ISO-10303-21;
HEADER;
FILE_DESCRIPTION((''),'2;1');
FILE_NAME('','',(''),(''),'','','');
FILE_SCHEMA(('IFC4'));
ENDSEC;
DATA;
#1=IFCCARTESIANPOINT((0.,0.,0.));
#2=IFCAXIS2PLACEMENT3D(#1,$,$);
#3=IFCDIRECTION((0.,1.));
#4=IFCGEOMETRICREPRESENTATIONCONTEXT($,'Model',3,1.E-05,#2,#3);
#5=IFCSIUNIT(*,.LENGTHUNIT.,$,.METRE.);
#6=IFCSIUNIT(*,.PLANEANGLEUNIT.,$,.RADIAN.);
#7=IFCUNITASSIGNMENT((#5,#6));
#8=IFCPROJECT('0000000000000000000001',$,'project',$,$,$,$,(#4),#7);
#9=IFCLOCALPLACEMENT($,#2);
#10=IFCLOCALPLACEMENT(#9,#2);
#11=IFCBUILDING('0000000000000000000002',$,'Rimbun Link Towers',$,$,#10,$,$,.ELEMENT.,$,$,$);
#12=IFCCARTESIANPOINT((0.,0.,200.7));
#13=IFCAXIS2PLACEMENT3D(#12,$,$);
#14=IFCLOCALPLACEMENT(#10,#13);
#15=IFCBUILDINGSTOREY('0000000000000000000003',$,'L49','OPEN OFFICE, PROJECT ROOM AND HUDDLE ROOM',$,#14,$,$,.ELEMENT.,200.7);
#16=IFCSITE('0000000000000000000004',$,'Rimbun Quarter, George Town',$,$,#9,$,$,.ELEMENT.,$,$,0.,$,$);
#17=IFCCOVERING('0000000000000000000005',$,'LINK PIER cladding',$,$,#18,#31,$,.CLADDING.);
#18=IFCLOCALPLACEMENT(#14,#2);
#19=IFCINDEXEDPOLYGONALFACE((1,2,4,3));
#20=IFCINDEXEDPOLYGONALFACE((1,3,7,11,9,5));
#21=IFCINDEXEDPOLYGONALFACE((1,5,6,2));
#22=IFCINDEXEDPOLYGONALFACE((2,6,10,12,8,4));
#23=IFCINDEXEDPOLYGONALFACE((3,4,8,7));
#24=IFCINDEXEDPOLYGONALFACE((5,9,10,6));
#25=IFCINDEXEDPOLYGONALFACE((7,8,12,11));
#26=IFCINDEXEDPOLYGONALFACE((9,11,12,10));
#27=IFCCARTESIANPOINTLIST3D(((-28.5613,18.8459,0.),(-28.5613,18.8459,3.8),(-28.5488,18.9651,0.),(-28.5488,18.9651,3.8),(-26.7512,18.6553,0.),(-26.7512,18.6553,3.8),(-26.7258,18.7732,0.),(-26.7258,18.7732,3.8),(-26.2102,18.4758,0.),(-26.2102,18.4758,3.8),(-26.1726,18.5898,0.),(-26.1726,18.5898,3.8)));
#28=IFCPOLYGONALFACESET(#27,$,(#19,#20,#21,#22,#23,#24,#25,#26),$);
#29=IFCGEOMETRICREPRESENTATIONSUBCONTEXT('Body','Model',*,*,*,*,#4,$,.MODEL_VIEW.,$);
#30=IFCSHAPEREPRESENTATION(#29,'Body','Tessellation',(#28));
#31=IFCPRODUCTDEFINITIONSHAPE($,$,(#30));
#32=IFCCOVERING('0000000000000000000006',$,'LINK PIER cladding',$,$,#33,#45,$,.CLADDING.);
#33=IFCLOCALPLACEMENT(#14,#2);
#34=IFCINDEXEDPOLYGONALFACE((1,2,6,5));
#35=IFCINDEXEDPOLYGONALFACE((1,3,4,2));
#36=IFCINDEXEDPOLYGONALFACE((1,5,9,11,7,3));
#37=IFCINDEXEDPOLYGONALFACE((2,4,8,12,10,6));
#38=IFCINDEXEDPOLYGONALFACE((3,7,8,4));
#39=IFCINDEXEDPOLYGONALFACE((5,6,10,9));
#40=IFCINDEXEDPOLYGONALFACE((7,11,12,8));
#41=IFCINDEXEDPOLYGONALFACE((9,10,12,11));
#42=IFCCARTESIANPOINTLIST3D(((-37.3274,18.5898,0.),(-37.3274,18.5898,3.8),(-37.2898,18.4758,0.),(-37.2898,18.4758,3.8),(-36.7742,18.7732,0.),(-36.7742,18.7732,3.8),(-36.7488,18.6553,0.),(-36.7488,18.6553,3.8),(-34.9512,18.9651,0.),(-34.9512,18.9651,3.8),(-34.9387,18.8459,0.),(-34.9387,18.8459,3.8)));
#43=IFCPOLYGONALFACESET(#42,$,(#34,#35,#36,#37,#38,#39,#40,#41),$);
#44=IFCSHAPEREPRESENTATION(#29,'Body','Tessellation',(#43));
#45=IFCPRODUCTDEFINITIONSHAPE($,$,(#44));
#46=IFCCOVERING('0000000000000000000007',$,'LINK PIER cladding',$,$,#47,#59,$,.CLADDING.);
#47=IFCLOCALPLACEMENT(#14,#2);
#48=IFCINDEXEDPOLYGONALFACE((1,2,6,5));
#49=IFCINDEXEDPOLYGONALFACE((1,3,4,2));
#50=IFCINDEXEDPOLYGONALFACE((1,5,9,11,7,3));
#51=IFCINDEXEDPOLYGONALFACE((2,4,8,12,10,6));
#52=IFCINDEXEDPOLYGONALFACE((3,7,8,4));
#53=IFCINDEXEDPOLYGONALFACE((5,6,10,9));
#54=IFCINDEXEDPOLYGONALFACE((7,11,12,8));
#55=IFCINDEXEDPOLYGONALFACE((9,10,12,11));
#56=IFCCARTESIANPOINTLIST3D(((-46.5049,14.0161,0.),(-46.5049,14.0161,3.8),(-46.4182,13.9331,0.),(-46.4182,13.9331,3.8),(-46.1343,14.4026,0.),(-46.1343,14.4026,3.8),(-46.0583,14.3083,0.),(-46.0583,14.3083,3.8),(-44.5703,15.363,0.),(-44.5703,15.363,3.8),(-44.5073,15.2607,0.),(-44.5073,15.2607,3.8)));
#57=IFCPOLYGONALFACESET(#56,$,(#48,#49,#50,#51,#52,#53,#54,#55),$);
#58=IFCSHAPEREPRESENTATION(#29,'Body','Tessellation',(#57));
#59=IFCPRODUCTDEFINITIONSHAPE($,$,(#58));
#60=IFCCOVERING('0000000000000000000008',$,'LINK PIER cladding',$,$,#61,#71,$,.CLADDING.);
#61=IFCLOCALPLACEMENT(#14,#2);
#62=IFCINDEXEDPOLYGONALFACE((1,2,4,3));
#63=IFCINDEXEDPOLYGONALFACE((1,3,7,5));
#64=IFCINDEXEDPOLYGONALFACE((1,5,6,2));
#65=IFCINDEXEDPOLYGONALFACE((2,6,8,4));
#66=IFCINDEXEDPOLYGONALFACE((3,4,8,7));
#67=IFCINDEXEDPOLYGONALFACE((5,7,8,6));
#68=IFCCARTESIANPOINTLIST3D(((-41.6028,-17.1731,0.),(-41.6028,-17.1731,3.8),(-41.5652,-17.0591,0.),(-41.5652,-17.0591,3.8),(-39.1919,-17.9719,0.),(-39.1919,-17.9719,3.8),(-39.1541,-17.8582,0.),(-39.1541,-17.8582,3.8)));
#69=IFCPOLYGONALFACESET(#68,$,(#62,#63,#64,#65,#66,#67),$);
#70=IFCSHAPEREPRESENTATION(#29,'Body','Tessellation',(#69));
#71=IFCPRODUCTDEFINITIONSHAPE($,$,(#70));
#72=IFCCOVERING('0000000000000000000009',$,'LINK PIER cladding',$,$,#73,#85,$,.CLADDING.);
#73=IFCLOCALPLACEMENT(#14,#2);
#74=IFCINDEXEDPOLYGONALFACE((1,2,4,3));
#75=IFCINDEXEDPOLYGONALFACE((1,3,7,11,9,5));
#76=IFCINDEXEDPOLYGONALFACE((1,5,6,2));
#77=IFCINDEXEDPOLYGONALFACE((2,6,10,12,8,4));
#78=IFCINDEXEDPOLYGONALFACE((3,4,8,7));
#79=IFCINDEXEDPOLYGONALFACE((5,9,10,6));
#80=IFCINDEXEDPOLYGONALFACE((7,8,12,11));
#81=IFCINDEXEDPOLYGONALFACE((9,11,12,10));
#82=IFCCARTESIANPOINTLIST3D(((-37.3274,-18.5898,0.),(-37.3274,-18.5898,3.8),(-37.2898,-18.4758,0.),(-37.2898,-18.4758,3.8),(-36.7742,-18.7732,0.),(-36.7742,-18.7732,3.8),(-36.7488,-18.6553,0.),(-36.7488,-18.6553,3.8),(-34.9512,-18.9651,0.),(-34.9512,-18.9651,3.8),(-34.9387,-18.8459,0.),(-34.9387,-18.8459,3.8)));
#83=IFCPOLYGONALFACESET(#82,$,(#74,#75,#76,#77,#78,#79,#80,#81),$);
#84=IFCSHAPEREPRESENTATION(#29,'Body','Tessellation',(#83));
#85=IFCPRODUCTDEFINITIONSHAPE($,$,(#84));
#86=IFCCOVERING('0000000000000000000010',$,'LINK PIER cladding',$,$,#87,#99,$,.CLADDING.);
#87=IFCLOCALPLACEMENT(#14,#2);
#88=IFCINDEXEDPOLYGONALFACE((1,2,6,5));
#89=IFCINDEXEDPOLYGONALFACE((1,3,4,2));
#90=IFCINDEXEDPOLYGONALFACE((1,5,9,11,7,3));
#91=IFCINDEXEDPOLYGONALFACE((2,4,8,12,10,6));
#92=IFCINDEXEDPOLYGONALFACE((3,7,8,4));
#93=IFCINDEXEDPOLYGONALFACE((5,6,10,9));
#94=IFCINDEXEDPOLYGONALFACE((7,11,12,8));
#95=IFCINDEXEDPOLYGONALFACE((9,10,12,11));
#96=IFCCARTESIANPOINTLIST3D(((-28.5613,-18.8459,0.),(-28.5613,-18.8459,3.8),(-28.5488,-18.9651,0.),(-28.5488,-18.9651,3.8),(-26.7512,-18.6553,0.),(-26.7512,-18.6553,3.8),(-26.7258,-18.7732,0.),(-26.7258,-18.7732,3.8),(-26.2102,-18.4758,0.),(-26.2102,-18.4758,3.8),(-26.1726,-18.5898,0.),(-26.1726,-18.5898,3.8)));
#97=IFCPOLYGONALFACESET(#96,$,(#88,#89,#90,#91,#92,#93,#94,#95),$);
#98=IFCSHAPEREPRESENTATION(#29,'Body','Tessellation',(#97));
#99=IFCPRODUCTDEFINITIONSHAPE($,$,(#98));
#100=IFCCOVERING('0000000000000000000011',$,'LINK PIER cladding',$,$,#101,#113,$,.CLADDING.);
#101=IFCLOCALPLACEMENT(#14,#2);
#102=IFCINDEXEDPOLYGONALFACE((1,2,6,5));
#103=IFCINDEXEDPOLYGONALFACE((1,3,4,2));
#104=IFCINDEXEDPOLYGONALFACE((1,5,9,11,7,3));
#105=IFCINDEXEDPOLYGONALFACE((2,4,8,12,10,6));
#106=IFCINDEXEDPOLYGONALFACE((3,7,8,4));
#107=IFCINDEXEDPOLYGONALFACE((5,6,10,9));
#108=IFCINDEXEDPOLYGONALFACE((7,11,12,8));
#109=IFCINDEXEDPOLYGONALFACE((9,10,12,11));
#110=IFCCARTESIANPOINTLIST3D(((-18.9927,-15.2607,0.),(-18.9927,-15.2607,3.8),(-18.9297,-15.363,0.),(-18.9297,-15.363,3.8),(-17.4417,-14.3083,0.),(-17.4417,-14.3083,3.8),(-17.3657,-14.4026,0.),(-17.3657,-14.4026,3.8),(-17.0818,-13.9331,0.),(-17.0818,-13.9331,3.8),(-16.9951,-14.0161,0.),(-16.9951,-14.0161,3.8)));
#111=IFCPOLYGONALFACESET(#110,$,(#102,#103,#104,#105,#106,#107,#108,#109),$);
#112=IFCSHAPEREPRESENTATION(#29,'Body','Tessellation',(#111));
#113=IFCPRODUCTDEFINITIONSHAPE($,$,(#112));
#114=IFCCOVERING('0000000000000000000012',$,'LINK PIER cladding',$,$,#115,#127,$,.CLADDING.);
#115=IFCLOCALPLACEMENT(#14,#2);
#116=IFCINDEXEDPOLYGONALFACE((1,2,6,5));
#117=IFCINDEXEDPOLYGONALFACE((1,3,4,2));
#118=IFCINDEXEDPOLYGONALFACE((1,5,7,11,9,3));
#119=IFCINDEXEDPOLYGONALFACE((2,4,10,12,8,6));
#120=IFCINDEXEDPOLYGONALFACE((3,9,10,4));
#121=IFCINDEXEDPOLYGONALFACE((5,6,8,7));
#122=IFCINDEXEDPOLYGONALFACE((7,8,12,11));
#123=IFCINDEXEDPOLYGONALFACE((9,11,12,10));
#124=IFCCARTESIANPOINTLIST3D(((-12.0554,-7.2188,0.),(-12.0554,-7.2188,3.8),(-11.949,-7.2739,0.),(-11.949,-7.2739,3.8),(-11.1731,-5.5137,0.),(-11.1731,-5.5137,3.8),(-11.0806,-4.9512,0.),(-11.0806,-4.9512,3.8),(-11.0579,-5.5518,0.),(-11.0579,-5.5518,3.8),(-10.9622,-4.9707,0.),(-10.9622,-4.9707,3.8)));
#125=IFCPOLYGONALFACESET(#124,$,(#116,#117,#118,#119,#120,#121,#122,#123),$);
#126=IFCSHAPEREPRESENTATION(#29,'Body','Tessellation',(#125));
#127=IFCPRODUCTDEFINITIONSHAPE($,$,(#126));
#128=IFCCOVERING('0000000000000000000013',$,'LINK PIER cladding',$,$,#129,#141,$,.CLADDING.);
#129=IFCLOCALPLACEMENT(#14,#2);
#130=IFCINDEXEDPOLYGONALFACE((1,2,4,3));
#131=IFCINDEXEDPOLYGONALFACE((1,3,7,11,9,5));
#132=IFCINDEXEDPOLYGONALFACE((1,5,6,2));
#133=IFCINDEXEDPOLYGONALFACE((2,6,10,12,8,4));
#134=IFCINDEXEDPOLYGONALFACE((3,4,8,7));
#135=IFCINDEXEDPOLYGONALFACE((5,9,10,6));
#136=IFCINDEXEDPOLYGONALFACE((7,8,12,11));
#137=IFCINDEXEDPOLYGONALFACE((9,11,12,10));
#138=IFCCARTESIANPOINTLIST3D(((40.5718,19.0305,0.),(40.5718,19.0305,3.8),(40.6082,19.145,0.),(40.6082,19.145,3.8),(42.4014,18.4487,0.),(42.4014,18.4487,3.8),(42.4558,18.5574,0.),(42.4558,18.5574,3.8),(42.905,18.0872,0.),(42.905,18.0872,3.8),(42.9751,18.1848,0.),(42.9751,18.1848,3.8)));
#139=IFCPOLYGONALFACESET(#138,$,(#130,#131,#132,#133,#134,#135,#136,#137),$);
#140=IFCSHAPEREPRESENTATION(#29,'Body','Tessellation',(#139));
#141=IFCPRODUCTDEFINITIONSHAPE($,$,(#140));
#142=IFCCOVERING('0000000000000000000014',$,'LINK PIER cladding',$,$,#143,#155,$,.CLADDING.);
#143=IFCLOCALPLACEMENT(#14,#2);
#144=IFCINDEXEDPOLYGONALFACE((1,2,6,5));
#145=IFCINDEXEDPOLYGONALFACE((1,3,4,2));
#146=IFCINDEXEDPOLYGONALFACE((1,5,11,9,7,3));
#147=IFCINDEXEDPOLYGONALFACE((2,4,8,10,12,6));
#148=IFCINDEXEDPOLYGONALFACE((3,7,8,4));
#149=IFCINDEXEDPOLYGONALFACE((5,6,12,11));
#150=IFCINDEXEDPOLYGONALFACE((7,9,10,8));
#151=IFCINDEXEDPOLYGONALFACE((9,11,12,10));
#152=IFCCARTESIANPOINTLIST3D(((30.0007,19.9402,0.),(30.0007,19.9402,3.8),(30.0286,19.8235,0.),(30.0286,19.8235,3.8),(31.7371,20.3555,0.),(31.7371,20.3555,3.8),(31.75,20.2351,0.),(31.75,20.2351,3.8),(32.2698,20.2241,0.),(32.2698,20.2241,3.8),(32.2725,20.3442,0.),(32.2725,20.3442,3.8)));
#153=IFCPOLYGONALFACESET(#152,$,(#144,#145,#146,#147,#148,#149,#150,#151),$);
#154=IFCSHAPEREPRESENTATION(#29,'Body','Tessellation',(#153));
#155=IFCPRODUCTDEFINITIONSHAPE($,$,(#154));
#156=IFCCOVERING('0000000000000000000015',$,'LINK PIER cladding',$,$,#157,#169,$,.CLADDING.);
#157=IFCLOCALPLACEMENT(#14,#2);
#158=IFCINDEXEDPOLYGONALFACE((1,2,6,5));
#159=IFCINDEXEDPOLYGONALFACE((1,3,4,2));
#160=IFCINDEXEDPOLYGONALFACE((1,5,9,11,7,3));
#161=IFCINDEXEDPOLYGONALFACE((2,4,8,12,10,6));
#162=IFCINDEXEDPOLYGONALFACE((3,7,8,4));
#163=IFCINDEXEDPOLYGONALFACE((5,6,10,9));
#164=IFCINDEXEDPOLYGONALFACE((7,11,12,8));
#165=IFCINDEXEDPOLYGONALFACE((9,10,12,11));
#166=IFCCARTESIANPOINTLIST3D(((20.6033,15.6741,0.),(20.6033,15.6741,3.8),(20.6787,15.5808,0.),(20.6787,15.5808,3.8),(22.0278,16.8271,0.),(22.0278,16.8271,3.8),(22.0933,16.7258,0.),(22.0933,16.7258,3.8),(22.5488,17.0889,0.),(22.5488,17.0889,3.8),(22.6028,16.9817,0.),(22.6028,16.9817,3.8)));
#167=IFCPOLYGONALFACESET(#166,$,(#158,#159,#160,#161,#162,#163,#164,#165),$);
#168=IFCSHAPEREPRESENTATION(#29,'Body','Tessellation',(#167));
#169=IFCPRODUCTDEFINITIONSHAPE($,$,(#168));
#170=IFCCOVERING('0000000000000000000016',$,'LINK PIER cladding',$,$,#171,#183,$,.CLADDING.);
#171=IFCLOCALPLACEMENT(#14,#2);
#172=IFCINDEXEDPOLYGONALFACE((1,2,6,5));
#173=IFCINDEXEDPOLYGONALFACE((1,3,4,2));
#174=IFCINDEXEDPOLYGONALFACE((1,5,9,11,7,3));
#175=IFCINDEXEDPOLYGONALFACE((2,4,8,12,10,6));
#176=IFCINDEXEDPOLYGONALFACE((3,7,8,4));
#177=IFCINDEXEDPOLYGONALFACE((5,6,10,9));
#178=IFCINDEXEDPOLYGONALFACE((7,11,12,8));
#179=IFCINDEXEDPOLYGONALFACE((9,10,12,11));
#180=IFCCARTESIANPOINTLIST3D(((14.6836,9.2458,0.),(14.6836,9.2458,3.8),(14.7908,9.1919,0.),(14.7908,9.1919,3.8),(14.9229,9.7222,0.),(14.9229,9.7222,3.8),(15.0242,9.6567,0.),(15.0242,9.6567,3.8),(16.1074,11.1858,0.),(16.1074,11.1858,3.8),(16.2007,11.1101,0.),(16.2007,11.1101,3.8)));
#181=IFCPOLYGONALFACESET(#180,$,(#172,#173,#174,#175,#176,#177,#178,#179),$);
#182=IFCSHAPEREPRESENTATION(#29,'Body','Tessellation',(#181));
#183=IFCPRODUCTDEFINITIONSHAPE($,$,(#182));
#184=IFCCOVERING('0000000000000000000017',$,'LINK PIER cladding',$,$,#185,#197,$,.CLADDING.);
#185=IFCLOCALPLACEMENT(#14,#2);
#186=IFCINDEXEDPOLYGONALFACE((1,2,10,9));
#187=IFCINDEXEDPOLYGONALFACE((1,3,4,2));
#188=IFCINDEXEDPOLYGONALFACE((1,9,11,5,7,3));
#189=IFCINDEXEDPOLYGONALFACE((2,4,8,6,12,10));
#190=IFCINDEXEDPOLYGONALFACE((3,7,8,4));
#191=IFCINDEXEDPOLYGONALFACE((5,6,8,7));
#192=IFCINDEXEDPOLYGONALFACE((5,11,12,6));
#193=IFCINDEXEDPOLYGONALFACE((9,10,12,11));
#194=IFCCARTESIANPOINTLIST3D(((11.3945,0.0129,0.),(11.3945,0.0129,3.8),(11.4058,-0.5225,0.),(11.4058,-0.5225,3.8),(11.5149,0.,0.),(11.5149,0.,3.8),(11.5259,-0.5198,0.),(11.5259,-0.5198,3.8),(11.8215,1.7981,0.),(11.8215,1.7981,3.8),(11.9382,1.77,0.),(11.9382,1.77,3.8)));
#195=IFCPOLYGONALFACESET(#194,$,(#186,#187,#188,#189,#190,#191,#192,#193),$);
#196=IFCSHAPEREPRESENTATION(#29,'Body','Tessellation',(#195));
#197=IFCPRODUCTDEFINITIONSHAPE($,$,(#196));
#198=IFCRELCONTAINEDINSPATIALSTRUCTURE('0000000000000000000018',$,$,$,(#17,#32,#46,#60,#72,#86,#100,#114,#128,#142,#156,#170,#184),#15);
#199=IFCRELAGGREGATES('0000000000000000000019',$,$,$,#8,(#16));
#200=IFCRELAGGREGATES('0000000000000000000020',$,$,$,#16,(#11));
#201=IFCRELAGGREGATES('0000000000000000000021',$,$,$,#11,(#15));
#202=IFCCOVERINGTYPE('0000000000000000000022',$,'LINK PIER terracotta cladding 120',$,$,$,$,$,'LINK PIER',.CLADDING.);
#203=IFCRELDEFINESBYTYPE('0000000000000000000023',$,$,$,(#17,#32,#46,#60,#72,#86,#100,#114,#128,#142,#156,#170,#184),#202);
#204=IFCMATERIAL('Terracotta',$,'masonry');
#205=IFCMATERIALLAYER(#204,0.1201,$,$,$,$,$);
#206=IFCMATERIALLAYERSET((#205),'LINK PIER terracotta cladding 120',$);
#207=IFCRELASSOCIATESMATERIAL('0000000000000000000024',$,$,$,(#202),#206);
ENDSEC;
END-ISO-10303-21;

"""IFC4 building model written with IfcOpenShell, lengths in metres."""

from ifc_helpers import new_model, si_unit, direction, frame, origin, place, context, subcontext, project, spatial, polyline, outline, extrude, material, layer, layer_set, type_object, element, save


model = new_model("IFC4")

# Units and contexts
model_context = context("Model", 3, precision=1e-05, world=origin(), true_north=direction((0.0, 1.0)))
body_context = subcontext(model_context, "Body", "Model", "MODEL_VIEW")
ifc_project = project(units=[si_unit("LENGTHUNIT", "METRE"), si_unit("PLANEANGLEUNIT", "RADIAN")], contexts=[model_context])

# Site, building, storey
site_placement = place(None, origin())
site = spatial("IfcSite", under=ifc_project, at=site_placement, Name="Rimbun Quarter, George Town", CompositionType="ELEMENT", RefElevation=0.0)
building_placement = place(site_placement, origin())
building = spatial("IfcBuilding", under=site, at=building_placement, Name="Rimbun Link Towers", CompositionType="ELEMENT")
storey_placement = place(building_placement, frame((0.0, 0.0, 200.7)))
storey = spatial("IfcBuildingStorey", under=building, at=storey_placement, Name="L49", Description="OPEN OFFICE, PROJECT ROOM AND HUDDLE ROOM", CompositionType="ELEMENT", Elevation=200.7)

# Coverings
ifc_material_1 = material(Name="Terracotta", Category="masonry")
ifc_layer_1 = layer(ifc_material_1, 0.1201)
ifc_layer_set_1 = layer_set([ifc_layer_1], Name="LINK PIER terracotta cladding 120")
covering_type_1 = type_object("IfcCoveringType", Name="LINK PIER terracotta cladding 120", ElementType="LINK PIER", PredefinedType="CLADDING", material=ifc_layer_set_1)
covering_1_placement = place(storey_placement, origin())
element("IfcCovering", 1, at=covering_1_placement, inside=storey, type_object=covering_type_1, Name="LINK PIER cladding", PredefinedType="CLADDING", context=body_context, shape_type="SweptSolid", body=[
    extrude(outline(polyline([(-28.5613, 18.8459), (-26.7512, 18.6553), (-26.2102, 18.4758), (-26.1726, 18.5898), (-26.7258, 18.7732), (-28.5488, 18.9651), (-28.5613, 18.8459)])), origin(), (0.0, 0.0, 1.0), 3.8),
])
covering_2_placement = place(storey_placement, origin())
element("IfcCovering", 2, at=covering_2_placement, inside=storey, type_object=covering_type_1, Name="LINK PIER cladding", PredefinedType="CLADDING", context=body_context, shape_type="SweptSolid", body=[
    extrude(outline(polyline([(-37.2898, 18.4758), (-36.7488, 18.6553), (-34.9387, 18.8459), (-34.9512, 18.9651), (-36.7742, 18.7732), (-37.3274, 18.5898), (-37.2898, 18.4758)])), origin(), (0.0, 0.0, 1.0), 3.8),
])
covering_3_placement = place(storey_placement, origin())
element("IfcCovering", 3, at=covering_3_placement, inside=storey, type_object=covering_type_1, Name="LINK PIER cladding", PredefinedType="CLADDING", context=body_context, shape_type="SweptSolid", body=[
    extrude(outline(polyline([(-46.4182, 13.9331), (-46.0583, 14.3083), (-44.5073, 15.2607), (-44.5703, 15.363), (-46.1343, 14.4026), (-46.5049, 14.0161), (-46.4182, 13.9331)])), origin(), (0.0, 0.0, 1.0), 3.8),
])
covering_4_placement = place(storey_placement, origin())
element("IfcCovering", 4, at=covering_4_placement, inside=storey, type_object=covering_type_1, Name="LINK PIER cladding", PredefinedType="CLADDING", context=body_context, shape_type="SweptSolid", body=[
    extrude(outline(polyline([(-39.1541, -17.8582), (-41.5652, -17.0591), (-41.6028, -17.1731), (-39.1919, -17.9719), (-39.1541, -17.8582)])), origin(), (0.0, 0.0, 1.0), 3.8),
])
covering_5_placement = place(storey_placement, origin())
element("IfcCovering", 5, at=covering_5_placement, inside=storey, type_object=covering_type_1, Name="LINK PIER cladding", PredefinedType="CLADDING", context=body_context, shape_type="SweptSolid", body=[
    extrude(outline(polyline([(-34.9387, -18.8459), (-36.7488, -18.6553), (-37.2898, -18.4758), (-37.3274, -18.5898), (-36.7742, -18.7732), (-34.9512, -18.9651), (-34.9387, -18.8459)])), origin(), (0.0, 0.0, 1.0), 3.8),
])
covering_6_placement = place(storey_placement, origin())
element("IfcCovering", 6, at=covering_6_placement, inside=storey, type_object=covering_type_1, Name="LINK PIER cladding", PredefinedType="CLADDING", context=body_context, shape_type="SweptSolid", body=[
    extrude(outline(polyline([(-26.2102, -18.4758), (-26.7512, -18.6553), (-28.5613, -18.8459), (-28.5488, -18.9651), (-26.7258, -18.7732), (-26.1726, -18.5898), (-26.2102, -18.4758)])), origin(), (0.0, 0.0, 1.0), 3.8),
])
covering_7_placement = place(storey_placement, origin())
element("IfcCovering", 7, at=covering_7_placement, inside=storey, type_object=covering_type_1, Name="LINK PIER cladding", PredefinedType="CLADDING", context=body_context, shape_type="SweptSolid", body=[
    extrude(outline(polyline([(-17.0818, -13.9331), (-17.4417, -14.3083), (-18.9927, -15.2607), (-18.9297, -15.363), (-17.3657, -14.4026), (-16.9951, -14.0161), (-17.0818, -13.9331)])), origin(), (0.0, 0.0, 1.0), 3.8),
])
covering_8_placement = place(storey_placement, origin())
element("IfcCovering", 8, at=covering_8_placement, inside=storey, type_object=covering_type_1, Name="LINK PIER cladding", PredefinedType="CLADDING", context=body_context, shape_type="SweptSolid", body=[
    extrude(outline(polyline([(-11.0806, -4.9512), (-11.1731, -5.5137), (-12.0554, -7.2188), (-11.949, -7.2739), (-11.0579, -5.5518), (-10.9622, -4.9707), (-11.0806, -4.9512)])), origin(), (0.0, 0.0, 1.0), 3.8),
])
covering_9_placement = place(storey_placement, origin())
element("IfcCovering", 9, at=covering_9_placement, inside=storey, type_object=covering_type_1, Name="LINK PIER cladding", PredefinedType="CLADDING", context=body_context, shape_type="SweptSolid", body=[
    extrude(outline(polyline([(40.5718, 19.0305), (42.4014, 18.4487), (42.905, 18.0872), (42.9751, 18.1848), (42.4558, 18.5574), (40.6082, 19.145), (40.5718, 19.0305)])), origin(), (0.0, 0.0, 1.0), 3.8),
])
covering_10_placement = place(storey_placement, origin())
element("IfcCovering", 10, at=covering_10_placement, inside=storey, type_object=covering_type_1, Name="LINK PIER cladding", PredefinedType="CLADDING", context=body_context, shape_type="SweptSolid", body=[
    extrude(outline(polyline([(30.0286, 19.8235), (31.75, 20.2351), (32.2698, 20.2241), (32.2725, 20.3442), (31.7371, 20.3555), (30.0007, 19.9402), (30.0286, 19.8235)])), origin(), (0.0, 0.0, 1.0), 3.8),
])
covering_11_placement = place(storey_placement, origin())
element("IfcCovering", 11, at=covering_11_placement, inside=storey, type_object=covering_type_1, Name="LINK PIER cladding", PredefinedType="CLADDING", context=body_context, shape_type="SweptSolid", body=[
    extrude(outline(polyline([(20.6787, 15.5808), (22.0933, 16.7258), (22.6028, 16.9817), (22.5488, 17.0889), (22.0278, 16.8271), (20.6033, 15.6741), (20.6787, 15.5808)])), origin(), (0.0, 0.0, 1.0), 3.8),
])
covering_12_placement = place(storey_placement, origin())
element("IfcCovering", 12, at=covering_12_placement, inside=storey, type_object=covering_type_1, Name="LINK PIER cladding", PredefinedType="CLADDING", context=body_context, shape_type="SweptSolid", body=[
    extrude(outline(polyline([(14.7908, 9.1919), (15.0242, 9.6567), (16.2007, 11.1101), (16.1074, 11.1858), (14.9229, 9.7222), (14.6836, 9.2458), (14.7908, 9.1919)])), origin(), (0.0, 0.0, 1.0), 3.8),
])
covering_13_placement = place(storey_placement, origin())
element("IfcCovering", 13, at=covering_13_placement, inside=storey, type_object=covering_type_1, Name="LINK PIER cladding", PredefinedType="CLADDING", context=body_context, shape_type="SweptSolid", body=[
    extrude(outline(polyline([(11.5259, -0.5198), (11.5149, 0.0), (11.9382, 1.77), (11.8215, 1.7981), (11.3945, 0.0129), (11.4058, -0.5225), (11.5259, -0.5198)])), origin(), (0.0, 0.0, 1.0), 3.8),
])

save(model, "model.ifc")
